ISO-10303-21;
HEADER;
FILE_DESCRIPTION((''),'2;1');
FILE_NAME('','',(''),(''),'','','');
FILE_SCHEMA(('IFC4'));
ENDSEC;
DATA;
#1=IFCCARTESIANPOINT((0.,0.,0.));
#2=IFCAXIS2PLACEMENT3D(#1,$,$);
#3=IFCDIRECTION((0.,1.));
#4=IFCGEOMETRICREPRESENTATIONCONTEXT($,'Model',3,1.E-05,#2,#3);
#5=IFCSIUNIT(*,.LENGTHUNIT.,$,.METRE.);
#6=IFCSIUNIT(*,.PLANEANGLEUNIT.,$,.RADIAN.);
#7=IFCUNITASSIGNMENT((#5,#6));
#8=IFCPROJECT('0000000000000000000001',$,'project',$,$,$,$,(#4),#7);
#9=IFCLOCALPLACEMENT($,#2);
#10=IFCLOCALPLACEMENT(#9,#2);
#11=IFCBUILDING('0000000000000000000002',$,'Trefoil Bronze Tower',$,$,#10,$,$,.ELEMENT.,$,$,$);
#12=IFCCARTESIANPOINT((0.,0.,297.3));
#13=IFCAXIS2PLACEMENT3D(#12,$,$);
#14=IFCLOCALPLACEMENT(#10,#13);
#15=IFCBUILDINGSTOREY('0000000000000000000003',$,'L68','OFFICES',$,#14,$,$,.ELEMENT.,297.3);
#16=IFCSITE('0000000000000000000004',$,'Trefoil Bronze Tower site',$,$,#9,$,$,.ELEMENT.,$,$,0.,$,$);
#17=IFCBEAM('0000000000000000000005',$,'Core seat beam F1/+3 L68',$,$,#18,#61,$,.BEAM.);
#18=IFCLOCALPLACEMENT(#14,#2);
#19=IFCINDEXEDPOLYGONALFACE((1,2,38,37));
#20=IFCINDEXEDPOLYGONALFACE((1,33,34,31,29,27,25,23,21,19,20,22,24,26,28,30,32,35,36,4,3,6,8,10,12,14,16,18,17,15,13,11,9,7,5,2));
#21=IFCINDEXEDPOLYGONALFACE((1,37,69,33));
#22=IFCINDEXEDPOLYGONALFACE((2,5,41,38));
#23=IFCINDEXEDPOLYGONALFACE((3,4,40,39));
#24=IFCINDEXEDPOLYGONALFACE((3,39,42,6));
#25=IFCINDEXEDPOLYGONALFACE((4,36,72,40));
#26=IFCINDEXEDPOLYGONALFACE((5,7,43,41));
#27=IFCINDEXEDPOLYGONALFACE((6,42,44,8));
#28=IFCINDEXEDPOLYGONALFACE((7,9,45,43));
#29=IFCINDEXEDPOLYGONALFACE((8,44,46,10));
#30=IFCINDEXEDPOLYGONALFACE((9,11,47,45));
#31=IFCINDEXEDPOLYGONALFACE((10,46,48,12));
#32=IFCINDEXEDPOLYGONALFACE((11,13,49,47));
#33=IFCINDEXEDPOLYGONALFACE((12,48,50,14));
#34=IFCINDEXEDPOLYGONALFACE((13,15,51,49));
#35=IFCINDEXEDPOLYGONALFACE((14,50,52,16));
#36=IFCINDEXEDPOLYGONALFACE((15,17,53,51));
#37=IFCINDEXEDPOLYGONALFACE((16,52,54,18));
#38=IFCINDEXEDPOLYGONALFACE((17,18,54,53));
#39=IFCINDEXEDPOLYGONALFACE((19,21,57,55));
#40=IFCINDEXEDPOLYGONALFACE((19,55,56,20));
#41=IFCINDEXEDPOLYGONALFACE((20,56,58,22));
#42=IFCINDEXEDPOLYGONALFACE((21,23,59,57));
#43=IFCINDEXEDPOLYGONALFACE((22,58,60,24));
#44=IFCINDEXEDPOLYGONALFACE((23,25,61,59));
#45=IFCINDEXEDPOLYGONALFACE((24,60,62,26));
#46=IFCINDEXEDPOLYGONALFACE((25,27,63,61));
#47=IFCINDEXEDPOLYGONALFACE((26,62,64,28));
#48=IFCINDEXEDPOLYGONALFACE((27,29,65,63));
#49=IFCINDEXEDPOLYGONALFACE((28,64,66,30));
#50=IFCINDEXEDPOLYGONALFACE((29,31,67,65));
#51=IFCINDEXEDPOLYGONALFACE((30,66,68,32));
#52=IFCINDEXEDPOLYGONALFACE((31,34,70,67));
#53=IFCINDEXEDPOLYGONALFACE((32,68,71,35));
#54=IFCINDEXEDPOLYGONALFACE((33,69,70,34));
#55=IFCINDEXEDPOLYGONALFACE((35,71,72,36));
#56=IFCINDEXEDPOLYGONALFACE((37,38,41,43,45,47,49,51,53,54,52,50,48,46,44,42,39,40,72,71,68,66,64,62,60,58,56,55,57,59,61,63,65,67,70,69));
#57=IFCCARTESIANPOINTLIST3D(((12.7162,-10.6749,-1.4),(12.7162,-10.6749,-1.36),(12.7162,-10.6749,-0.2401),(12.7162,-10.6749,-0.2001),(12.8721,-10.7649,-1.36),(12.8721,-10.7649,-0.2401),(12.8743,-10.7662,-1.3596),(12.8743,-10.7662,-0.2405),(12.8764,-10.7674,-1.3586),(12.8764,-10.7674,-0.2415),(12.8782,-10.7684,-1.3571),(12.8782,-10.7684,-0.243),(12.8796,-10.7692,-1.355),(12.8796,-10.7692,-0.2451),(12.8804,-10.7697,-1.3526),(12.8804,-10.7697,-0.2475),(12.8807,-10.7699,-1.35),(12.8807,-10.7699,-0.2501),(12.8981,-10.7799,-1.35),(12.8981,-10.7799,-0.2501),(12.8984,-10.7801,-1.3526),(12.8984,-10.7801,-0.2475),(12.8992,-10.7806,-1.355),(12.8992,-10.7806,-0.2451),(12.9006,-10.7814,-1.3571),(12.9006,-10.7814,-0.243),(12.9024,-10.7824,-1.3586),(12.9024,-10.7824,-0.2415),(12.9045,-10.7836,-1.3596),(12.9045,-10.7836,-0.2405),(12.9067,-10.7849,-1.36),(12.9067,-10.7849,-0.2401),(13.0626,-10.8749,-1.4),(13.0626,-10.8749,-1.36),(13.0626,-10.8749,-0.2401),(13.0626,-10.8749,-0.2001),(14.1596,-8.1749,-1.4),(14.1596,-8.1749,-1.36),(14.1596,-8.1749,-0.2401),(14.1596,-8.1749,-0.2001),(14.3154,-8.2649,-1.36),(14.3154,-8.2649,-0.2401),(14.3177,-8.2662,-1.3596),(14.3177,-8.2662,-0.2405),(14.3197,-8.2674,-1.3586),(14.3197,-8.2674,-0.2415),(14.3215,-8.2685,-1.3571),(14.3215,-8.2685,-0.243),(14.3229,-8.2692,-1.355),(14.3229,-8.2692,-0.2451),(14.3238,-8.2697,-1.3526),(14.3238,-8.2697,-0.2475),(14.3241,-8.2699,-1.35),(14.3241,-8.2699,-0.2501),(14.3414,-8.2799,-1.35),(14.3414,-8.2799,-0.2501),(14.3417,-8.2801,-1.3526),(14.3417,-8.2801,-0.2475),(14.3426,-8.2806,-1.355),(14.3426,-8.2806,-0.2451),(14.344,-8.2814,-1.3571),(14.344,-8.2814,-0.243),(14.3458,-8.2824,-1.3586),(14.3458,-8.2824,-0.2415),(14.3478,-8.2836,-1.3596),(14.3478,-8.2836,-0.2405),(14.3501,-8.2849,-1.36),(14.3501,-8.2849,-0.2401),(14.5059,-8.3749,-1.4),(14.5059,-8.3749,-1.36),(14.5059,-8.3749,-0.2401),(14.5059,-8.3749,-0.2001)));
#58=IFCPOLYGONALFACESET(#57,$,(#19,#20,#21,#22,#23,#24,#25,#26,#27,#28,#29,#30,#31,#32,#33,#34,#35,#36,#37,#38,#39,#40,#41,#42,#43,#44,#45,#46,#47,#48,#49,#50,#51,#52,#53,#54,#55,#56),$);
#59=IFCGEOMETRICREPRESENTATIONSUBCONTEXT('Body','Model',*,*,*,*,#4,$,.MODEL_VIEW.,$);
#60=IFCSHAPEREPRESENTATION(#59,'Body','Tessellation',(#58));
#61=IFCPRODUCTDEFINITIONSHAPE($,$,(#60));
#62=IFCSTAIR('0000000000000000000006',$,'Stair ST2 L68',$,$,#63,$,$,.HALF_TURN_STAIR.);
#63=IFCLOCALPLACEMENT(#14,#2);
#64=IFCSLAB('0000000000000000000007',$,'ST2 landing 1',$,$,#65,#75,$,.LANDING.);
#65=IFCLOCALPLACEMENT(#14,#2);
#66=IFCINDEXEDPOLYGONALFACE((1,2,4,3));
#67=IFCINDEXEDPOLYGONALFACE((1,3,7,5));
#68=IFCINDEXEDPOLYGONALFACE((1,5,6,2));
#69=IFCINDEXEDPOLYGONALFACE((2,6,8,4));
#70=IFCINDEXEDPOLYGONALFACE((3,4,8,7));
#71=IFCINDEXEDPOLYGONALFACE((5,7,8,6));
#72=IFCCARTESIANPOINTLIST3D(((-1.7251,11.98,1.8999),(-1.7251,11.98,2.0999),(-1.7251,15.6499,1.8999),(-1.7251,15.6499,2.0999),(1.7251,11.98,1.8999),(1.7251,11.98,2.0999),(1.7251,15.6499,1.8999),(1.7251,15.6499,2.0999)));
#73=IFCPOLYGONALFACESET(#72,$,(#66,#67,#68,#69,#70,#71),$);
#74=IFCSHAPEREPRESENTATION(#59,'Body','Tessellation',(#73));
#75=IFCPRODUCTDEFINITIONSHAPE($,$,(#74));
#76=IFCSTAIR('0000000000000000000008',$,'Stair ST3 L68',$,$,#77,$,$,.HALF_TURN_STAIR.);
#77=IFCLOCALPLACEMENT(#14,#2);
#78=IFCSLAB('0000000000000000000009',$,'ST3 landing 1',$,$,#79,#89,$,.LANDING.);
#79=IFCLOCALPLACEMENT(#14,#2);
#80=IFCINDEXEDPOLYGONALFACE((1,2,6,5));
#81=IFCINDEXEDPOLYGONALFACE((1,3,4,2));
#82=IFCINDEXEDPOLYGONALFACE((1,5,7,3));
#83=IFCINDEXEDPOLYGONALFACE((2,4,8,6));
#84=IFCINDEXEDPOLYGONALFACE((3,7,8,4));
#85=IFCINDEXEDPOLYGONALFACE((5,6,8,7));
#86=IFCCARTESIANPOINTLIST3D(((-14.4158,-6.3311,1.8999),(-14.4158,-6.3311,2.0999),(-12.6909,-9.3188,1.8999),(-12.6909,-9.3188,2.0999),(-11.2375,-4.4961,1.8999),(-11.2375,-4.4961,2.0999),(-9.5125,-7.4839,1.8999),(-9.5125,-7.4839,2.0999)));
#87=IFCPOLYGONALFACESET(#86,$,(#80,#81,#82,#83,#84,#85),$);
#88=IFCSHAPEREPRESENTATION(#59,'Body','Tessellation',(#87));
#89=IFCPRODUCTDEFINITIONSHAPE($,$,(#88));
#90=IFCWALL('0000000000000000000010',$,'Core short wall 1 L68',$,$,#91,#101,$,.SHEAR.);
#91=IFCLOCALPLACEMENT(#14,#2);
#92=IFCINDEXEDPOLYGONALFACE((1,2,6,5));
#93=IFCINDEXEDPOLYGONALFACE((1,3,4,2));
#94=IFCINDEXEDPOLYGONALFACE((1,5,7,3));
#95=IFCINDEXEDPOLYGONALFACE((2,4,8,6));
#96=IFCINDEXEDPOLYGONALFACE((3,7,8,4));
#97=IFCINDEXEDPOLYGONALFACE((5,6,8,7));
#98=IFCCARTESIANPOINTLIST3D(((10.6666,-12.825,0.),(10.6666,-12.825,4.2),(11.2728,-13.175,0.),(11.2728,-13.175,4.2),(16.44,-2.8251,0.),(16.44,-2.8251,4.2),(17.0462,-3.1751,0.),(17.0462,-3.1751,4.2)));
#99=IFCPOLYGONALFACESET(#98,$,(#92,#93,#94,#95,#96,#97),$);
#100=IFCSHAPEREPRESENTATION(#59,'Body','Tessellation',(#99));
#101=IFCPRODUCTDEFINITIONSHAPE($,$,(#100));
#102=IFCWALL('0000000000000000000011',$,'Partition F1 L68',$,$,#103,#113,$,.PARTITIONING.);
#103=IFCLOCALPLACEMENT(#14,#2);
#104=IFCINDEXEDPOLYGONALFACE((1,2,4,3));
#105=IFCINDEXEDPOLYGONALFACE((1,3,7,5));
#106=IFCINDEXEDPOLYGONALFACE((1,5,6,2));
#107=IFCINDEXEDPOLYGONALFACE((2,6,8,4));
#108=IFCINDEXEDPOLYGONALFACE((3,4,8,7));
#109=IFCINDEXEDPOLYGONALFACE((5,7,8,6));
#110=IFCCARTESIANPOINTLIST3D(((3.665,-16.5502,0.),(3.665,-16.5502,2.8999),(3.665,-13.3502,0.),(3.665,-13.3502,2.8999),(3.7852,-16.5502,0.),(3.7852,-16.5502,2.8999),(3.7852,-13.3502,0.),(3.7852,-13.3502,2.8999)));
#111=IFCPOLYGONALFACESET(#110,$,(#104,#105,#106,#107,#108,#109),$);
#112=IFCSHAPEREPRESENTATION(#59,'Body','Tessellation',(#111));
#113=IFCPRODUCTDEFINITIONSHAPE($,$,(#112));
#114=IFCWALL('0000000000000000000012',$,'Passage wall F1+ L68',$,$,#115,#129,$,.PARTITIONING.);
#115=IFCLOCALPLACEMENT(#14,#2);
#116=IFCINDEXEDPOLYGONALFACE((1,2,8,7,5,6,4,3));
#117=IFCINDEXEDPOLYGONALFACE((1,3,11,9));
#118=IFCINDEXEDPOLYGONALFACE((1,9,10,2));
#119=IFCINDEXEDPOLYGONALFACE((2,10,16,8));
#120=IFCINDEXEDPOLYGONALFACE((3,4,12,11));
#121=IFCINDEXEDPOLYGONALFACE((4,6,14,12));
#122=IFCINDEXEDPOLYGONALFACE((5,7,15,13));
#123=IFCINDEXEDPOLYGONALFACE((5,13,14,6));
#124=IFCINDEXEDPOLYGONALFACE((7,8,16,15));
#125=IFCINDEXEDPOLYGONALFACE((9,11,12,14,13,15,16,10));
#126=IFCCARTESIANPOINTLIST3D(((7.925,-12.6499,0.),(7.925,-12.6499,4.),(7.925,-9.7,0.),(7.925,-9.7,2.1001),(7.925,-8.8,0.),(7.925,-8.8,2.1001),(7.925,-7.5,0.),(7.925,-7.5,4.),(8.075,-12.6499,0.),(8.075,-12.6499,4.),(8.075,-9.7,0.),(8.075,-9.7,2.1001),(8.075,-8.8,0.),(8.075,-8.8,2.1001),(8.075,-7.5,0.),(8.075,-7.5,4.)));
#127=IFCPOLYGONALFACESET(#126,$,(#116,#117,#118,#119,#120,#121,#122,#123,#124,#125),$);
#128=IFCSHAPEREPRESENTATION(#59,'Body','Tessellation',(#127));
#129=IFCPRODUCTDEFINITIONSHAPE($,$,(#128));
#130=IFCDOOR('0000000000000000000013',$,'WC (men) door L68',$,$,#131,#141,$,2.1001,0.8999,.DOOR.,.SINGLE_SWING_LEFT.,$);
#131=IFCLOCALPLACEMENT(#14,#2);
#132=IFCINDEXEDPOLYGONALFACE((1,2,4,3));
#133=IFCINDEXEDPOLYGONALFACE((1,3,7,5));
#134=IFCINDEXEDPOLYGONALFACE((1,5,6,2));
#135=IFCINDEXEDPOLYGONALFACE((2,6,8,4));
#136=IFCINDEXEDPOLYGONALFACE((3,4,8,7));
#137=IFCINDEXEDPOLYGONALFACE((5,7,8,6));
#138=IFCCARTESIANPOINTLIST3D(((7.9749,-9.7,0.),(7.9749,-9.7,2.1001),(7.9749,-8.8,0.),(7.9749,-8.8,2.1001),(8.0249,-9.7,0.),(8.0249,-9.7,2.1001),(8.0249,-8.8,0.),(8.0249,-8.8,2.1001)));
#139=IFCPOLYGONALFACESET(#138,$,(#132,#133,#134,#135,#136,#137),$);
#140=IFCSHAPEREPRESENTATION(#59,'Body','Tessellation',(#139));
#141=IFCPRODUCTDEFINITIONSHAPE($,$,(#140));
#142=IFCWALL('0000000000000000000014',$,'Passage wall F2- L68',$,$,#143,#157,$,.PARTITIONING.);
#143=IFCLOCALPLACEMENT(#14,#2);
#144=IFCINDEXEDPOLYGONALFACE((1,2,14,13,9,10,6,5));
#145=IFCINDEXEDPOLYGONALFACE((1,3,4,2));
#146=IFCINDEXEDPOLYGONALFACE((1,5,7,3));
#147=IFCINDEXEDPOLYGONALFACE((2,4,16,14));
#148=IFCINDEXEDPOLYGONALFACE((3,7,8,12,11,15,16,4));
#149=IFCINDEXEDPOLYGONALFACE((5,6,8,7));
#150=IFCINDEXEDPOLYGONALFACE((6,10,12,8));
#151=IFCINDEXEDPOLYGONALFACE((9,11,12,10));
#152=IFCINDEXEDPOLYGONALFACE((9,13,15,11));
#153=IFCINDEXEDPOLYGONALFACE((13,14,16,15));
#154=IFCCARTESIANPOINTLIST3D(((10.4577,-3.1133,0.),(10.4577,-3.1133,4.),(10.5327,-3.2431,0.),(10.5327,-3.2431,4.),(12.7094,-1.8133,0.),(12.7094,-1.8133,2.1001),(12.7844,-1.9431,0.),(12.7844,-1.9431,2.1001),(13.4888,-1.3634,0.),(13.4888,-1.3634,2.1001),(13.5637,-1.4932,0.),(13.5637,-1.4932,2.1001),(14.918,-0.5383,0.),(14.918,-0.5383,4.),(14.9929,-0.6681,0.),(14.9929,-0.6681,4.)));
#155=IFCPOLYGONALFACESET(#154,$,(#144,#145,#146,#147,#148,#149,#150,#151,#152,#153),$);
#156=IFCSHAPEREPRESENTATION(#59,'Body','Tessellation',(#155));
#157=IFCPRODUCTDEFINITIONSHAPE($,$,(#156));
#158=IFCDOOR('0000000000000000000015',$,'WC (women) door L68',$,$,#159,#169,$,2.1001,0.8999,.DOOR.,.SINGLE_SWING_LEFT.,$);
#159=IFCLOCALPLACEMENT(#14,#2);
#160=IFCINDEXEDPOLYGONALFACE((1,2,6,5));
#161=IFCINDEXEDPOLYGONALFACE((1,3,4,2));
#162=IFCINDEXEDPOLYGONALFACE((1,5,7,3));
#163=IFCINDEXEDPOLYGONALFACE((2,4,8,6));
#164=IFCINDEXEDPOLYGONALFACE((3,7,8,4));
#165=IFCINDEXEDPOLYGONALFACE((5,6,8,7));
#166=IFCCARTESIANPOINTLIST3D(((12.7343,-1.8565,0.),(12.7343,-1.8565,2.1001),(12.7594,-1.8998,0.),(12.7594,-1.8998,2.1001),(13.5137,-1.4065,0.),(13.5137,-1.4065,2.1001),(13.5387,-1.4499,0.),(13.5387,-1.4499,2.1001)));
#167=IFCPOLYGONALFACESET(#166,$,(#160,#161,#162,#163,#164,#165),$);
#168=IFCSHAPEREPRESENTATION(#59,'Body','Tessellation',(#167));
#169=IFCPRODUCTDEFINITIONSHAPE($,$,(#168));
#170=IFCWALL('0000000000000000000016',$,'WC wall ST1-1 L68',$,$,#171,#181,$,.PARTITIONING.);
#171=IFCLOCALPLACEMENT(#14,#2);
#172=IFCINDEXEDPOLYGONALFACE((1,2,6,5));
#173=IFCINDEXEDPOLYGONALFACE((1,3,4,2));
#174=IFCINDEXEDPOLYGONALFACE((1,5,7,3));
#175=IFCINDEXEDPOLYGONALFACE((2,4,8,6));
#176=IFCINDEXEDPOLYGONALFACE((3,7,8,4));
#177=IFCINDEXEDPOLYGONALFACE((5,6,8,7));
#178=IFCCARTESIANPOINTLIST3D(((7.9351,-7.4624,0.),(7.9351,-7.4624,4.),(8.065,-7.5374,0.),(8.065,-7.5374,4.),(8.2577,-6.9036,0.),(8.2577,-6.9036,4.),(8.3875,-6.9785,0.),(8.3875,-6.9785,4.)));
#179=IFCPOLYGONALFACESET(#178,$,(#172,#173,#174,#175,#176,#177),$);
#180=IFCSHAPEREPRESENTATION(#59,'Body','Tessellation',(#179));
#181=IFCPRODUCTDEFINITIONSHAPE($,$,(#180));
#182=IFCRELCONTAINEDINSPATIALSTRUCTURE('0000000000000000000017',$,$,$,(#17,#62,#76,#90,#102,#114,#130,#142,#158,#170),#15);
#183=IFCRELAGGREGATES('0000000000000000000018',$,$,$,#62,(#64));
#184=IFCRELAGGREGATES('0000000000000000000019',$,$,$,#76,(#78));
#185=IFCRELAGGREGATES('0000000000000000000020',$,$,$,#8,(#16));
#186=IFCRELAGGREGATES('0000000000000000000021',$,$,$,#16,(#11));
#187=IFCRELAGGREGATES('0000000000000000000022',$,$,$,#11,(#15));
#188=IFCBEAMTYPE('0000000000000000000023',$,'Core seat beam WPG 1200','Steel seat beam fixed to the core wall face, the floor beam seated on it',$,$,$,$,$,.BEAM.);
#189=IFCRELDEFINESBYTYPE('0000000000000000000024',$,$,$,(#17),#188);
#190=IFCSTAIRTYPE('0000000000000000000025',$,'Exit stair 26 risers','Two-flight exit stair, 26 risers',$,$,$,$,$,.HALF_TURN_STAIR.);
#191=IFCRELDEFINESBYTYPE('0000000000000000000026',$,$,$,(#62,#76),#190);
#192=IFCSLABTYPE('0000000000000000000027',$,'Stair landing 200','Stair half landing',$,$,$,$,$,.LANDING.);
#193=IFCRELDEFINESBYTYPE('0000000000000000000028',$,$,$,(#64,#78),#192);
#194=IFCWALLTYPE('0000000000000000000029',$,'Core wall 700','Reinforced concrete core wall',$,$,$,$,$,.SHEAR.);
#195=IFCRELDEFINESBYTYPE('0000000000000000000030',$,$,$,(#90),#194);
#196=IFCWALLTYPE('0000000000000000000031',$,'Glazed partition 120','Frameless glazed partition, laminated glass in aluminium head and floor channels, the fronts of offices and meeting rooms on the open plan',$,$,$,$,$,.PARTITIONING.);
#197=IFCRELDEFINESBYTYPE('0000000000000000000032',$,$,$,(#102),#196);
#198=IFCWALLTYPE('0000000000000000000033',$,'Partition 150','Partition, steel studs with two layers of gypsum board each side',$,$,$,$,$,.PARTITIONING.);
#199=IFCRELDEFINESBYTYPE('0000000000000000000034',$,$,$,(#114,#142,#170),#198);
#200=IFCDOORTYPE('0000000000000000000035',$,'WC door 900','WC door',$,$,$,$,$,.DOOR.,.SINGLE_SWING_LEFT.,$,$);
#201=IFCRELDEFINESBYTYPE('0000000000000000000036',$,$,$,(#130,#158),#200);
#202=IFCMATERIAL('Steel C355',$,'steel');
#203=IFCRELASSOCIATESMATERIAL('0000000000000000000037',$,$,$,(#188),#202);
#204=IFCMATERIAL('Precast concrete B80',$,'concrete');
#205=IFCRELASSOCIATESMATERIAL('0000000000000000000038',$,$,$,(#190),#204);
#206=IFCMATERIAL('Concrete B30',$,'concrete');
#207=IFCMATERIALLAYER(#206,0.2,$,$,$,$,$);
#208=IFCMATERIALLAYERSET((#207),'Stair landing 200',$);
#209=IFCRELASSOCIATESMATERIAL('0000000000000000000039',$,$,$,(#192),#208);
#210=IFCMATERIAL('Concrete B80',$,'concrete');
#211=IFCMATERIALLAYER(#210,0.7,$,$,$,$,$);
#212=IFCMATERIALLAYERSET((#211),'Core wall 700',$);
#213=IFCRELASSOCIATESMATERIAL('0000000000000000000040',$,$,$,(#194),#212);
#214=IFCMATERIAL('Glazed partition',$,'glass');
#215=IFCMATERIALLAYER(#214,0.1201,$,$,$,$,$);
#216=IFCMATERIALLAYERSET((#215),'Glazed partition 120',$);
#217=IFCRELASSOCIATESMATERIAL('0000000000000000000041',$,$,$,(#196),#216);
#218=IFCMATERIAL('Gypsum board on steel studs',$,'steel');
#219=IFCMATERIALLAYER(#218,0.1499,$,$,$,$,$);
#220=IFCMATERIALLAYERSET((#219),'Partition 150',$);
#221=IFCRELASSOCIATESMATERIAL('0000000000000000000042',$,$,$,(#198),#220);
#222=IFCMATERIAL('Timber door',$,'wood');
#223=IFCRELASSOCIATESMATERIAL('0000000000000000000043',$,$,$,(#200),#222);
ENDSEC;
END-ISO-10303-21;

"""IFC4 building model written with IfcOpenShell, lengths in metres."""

from ifc_helpers import new_model, si_unit, direction, frame, frame_2d, origin, origin_2d, place, context, subcontext, project, spatial, polyline, rectangle, i_section, outline, extrude, material, layer, layer_set, material_profile, profile_set, type_object, element, fill, aggregate, save


model = new_model("IFC4")

# Units and contexts
model_context = context("Model", 3, precision=1e-05, world=origin(), true_north=direction((0.0, 1.0)))
body_context = subcontext(model_context, "Body", "Model", "MODEL_VIEW")
ifc_project = project(units=[si_unit("LENGTHUNIT", "METRE"), si_unit("PLANEANGLEUNIT", "RADIAN")], contexts=[model_context])

# Site, building, storey
site_placement = place(None, origin())
site = spatial("IfcSite", under=ifc_project, at=site_placement, Name="Trefoil Bronze Tower site", CompositionType="ELEMENT", RefElevation=0.0)
building_placement = place(site_placement, origin())
building = spatial("IfcBuilding", under=site, at=building_placement, Name="Trefoil Bronze Tower", CompositionType="ELEMENT")
storey_placement = place(building_placement, frame((0.0, 0.0, 297.3)))
storey = spatial("IfcBuildingStorey", under=building, at=storey_placement, Name="L68", Description="OFFICES", CompositionType="ELEMENT", Elevation=297.3)

# Beam
ifc_material_1 = material(Name="Steel C355", Category="steel")
ifc_material_profile = material_profile(ifc_material_1, i_section(OverallWidth=0.3999, OverallDepth=1.2, WebThickness=0.02, FlangeThickness=0.04, FilletRadius=0.01, at=origin_2d()), Name="WPG 1200")
ifc_profile_set = profile_set([ifc_material_profile], Name="Steel C355")
beam_type = type_object("IfcBeamType", Name="Core seat beam WPG 1200", Description="Steel seat beam fixed to the core wall face, the floor beam seated on it", PredefinedType="BEAM", material=ifc_profile_set)
beam_placement = place(storey_placement, frame((12.8894, -10.7749, -0.8), z_axis=(0.499996, 0.866028, 0.0), x_axis=(-0.866028, 0.499996, 0.0)))
element("IfcBeam", 1, at=beam_placement, inside=storey, type_object=beam_type, Name="Core seat beam F1/+3 L68", PredefinedType="BEAM", context=body_context, shape_type="SweptSolid", body=[
    extrude(i_section(OverallWidth=0.3999, OverallDepth=1.2, WebThickness=0.02, FlangeThickness=0.04, FilletRadius=0.01, at=origin_2d()), origin(), (0.0, 0.0, 1.0), 2.8867),
])

# Stairs, slabs
ifc_material_2 = material(Name="Precast concrete B80", Category="concrete")
stair_type = type_object("IfcStairType", Name="Exit stair 26 risers", Description="Two-flight exit stair, 26 risers", PredefinedType="HALF_TURN_STAIR", material=ifc_material_2)
stair_1_placement = place(storey_placement, origin())
stair_1 = element("IfcStair", 2, at=stair_1_placement, inside=storey, type_object=stair_type, Name="Stair ST2 L68", PredefinedType="HALF_TURN_STAIR")
ifc_material_3 = material(Name="Concrete B30", Category="concrete")
ifc_layer_1 = layer(ifc_material_3, 0.2)
ifc_layer_set_1 = layer_set([ifc_layer_1], Name="Stair landing 200")
slab_type = type_object("IfcSlabType", Name="Stair landing 200", Description="Stair half landing", PredefinedType="LANDING", material=ifc_layer_set_1)
slab_1_placement = place(storey_placement, frame((0.0, 0.0, 1.8999)))
slab_1 = element("IfcSlab", 3, at=slab_1_placement, type_object=slab_type, Name="ST2 landing 1", PredefinedType="LANDING", context=body_context, shape_type="SweptSolid", body=[
    extrude(outline(polyline([(1.7251, 11.98), (1.7251, 15.6499), (-1.7251, 15.6499), (-1.7251, 11.98), (1.7251, 11.98)])), origin(), (0.0, 0.0, 1.0), 0.2),
])
aggregate(stair_1, [slab_1])
stair_2_placement = place(storey_placement, origin())
stair_2 = element("IfcStair", 4, at=stair_2_placement, inside=storey, type_object=stair_type, Name="Stair ST3 L68", PredefinedType="HALF_TURN_STAIR")
slab_2_placement = place(storey_placement, frame((0.0, 0.0, 1.8999)))
slab_2 = element("IfcSlab", 5, at=slab_2_placement, type_object=slab_type, Name="ST3 landing 1", PredefinedType="LANDING", context=body_context, shape_type="SweptSolid", body=[
    extrude(outline(polyline([(-11.2375, -4.4961), (-14.4158, -6.3311), (-12.6909, -9.3188), (-9.5125, -7.4839), (-11.2375, -4.4961)])), origin(), (0.0, 0.0, 1.0), 0.2),
])
aggregate(stair_2, [slab_2])

# Walls
ifc_material_4 = material(Name="Concrete B80", Category="concrete")
ifc_layer_2 = layer(ifc_material_4, 0.7)
ifc_layer_set_2 = layer_set([ifc_layer_2], Name="Core wall 700")
wall_type_1 = type_object("IfcWallType", Name="Core wall 700", Description="Reinforced concrete core wall", PredefinedType="SHEAR", material=ifc_layer_set_2)
wall_1_placement = place(storey_placement, frame((10.9697, -13.0, 0.0), z_axis=(0.0, 0.0, 1.0), x_axis=(0.499996, 0.866028, 0.0)))
element("IfcWall", 6, at=wall_1_placement, inside=storey, type_object=wall_type_1, Name="Core short wall 1 L68", PredefinedType="SHEAR", context=body_context, shape_type="SweptSolid", body=[
    extrude(rectangle(XDim=11.5469, YDim=0.7, at=frame_2d((5.7734, 0.0))), origin(), (0.0, 0.0, 1.0), 4.2),
])
ifc_material_5 = material(Name="Glazed partition", Category="glass")
ifc_layer_3 = layer(ifc_material_5, 0.1201)
ifc_layer_set_3 = layer_set([ifc_layer_3], Name="Glazed partition 120")
wall_type_2 = type_object("IfcWallType", Name="Glazed partition 120", Description="Frameless glazed partition, laminated glass in aluminium head and floor channels, the fronts of offices and meeting rooms on the open plan", PredefinedType="PARTITIONING", material=ifc_layer_set_3)
wall_2_placement = place(storey_placement, frame((3.7251, -13.3501, 0.0), z_axis=(0.0, 0.0, 1.0), x_axis=(0.0, -1.0, 0.0)))
element("IfcWall", 7, at=wall_2_placement, inside=storey, type_object=wall_type_2, Name="Partition F1 L68", PredefinedType="PARTITIONING", context=body_context, shape_type="SweptSolid", body=[
    extrude(rectangle(XDim=3.2, YDim=0.1201, at=frame_2d((1.6001, 0.0))), origin(), (0.0, 0.0, 1.0), 2.8999),
])

# Walls, openings, doors
ifc_material_6 = material(Name="Gypsum board on steel studs", Category="steel")
ifc_layer_4 = layer(ifc_material_6, 0.1499)
ifc_layer_set_4 = layer_set([ifc_layer_4], Name="Partition 150")
wall_type_3 = type_object("IfcWallType", Name="Partition 150", Description="Partition, steel studs with two layers of gypsum board each side", PredefinedType="PARTITIONING", material=ifc_layer_set_4)
wall_3_placement = place(storey_placement, frame((8.0, -7.5, 0.0), z_axis=(0.0, 0.0, 1.0), x_axis=(0.0, -1.0, 0.0)))
wall_3 = element("IfcWall", 8, at=wall_3_placement, inside=storey, type_object=wall_type_3, Name="Passage wall F1+ L68", PredefinedType="PARTITIONING", context=body_context, shape_type="SweptSolid", body=[
    extrude(rectangle(XDim=5.1499, YDim=0.1499, at=frame_2d((2.575, 0.0))), origin(), (0.0, 0.0, 1.0), 4.0),
])
opening_1_placement = place(wall_3_placement, frame((1.3, 0.0, 0.0)))
opening_1 = element("IfcOpeningElement", 9, at=opening_1_placement, cuts=wall_3, PredefinedType="OPENING", context=body_context, shape_type="SweptSolid", body=[
    extrude(rectangle(XDim=0.8999, YDim=2.1001, at=frame_2d((0.45, 1.05))), frame((0.0, 0.085, 0.0), z_axis=(0.0, -1.0, 0.0), x_axis=(1.0, 0.0, 0.0)), (0.0, 0.0, 1.0), 0.1699),
])
ifc_material_7 = material(Name="Timber door", Category="wood")
door_type_1 = type_object("IfcDoorType", Name="WC door 900", Description="WC door", OperationType="SINGLE_SWING_LEFT", PredefinedType="DOOR", material=ifc_material_7)
door_1_placement = place(opening_1_placement, origin())
door_1 = element("IfcDoor", 10, at=door_1_placement, inside=storey, type_object=door_type_1, Name="WC (men) door L68", OperationType="SINGLE_SWING_LEFT", OverallHeight=2.1001, OverallWidth=0.8999, PredefinedType="DOOR", context=body_context, shape_type="SweptSolid", body=[
    extrude(rectangle(XDim=0.8999, YDim=2.1001, at=frame_2d((0.45, 1.05))), frame((0.0, 0.0249, 0.0), z_axis=(0.0, -1.0, 0.0), x_axis=(1.0, 0.0, 0.0)), (0.0, 0.0, 1.0), 0.05),
])
fill(opening_1, door_1)
wall_4_placement = place(storey_placement, frame((10.4951, -3.1782, 0.0), z_axis=(0.0, 0.0, 1.0), x_axis=(0.866038, 0.499978, 0.0)))
wall_4 = element("IfcWall", 11, at=wall_4_placement, inside=storey, type_object=wall_type_3, Name="Passage wall F2- L68", PredefinedType="PARTITIONING", context=body_context, shape_type="SweptSolid", body=[
    extrude(rectangle(XDim=5.1501, YDim=0.1499, at=frame_2d((2.5752, 0.0))), origin(), (0.0, 0.0, 1.0), 4.0),
])
opening_2_placement = place(wall_4_placement, frame((2.6001, 0.0, 0.0)))
opening_2 = element("IfcOpeningElement", 12, at=opening_2_placement, cuts=wall_4, PredefinedType="OPENING", context=body_context, shape_type="SweptSolid", body=[
    extrude(rectangle(XDim=0.8999, YDim=2.1001, at=frame_2d((0.45, 1.05))), frame((0.0, 0.085, 0.0), z_axis=(0.0, -1.0, 0.0), x_axis=(1.0, 0.0, 0.0)), (0.0, 0.0, 1.0), 0.1699),
])
door_2_placement = place(opening_2_placement, frame((0.8999, 0.0, 0.0), z_axis=(0.0, 0.0, 1.0), x_axis=(-1.0, 0.0, 0.0)))
door_2 = element("IfcDoor", 13, at=door_2_placement, inside=storey, type_object=door_type_1, Name="WC (women) door L68", OperationType="SINGLE_SWING_LEFT", OverallHeight=2.1001, OverallWidth=0.8999, PredefinedType="DOOR", context=body_context, shape_type="SweptSolid", body=[
    extrude(rectangle(XDim=0.8999, YDim=2.1001, at=frame_2d((0.45, 1.05))), frame((0.0, 0.0249, 0.0), z_axis=(0.0, -1.0, 0.0), x_axis=(1.0, 0.0, 0.0)), (0.0, 0.0, 1.0), 0.05),
])
fill(opening_2, door_2)

# Wall
for number, where, z_axis, x_axis, name in (
    (14, (8.0, -7.5, 0.0), (0.0, 0.0, 1.0), (0.499843, 0.866116, 0.0), "WC wall ST1-1 L68"),
):
    element("IfcWall", number, at=place(storey_placement, frame(where, z_axis=z_axis, x_axis=x_axis)), inside=storey, type_object=wall_type_3, Name=name, PredefinedType="PARTITIONING", context=body_context, shape_type="SweptSolid", body=[
        extrude(rectangle(XDim=0.6453, YDim=0.1499, at=frame_2d((0.3228, 0.0))), origin(), (0.0, 0.0, 1.0), 4.0),
    ])

save(model, "model.ifc")
